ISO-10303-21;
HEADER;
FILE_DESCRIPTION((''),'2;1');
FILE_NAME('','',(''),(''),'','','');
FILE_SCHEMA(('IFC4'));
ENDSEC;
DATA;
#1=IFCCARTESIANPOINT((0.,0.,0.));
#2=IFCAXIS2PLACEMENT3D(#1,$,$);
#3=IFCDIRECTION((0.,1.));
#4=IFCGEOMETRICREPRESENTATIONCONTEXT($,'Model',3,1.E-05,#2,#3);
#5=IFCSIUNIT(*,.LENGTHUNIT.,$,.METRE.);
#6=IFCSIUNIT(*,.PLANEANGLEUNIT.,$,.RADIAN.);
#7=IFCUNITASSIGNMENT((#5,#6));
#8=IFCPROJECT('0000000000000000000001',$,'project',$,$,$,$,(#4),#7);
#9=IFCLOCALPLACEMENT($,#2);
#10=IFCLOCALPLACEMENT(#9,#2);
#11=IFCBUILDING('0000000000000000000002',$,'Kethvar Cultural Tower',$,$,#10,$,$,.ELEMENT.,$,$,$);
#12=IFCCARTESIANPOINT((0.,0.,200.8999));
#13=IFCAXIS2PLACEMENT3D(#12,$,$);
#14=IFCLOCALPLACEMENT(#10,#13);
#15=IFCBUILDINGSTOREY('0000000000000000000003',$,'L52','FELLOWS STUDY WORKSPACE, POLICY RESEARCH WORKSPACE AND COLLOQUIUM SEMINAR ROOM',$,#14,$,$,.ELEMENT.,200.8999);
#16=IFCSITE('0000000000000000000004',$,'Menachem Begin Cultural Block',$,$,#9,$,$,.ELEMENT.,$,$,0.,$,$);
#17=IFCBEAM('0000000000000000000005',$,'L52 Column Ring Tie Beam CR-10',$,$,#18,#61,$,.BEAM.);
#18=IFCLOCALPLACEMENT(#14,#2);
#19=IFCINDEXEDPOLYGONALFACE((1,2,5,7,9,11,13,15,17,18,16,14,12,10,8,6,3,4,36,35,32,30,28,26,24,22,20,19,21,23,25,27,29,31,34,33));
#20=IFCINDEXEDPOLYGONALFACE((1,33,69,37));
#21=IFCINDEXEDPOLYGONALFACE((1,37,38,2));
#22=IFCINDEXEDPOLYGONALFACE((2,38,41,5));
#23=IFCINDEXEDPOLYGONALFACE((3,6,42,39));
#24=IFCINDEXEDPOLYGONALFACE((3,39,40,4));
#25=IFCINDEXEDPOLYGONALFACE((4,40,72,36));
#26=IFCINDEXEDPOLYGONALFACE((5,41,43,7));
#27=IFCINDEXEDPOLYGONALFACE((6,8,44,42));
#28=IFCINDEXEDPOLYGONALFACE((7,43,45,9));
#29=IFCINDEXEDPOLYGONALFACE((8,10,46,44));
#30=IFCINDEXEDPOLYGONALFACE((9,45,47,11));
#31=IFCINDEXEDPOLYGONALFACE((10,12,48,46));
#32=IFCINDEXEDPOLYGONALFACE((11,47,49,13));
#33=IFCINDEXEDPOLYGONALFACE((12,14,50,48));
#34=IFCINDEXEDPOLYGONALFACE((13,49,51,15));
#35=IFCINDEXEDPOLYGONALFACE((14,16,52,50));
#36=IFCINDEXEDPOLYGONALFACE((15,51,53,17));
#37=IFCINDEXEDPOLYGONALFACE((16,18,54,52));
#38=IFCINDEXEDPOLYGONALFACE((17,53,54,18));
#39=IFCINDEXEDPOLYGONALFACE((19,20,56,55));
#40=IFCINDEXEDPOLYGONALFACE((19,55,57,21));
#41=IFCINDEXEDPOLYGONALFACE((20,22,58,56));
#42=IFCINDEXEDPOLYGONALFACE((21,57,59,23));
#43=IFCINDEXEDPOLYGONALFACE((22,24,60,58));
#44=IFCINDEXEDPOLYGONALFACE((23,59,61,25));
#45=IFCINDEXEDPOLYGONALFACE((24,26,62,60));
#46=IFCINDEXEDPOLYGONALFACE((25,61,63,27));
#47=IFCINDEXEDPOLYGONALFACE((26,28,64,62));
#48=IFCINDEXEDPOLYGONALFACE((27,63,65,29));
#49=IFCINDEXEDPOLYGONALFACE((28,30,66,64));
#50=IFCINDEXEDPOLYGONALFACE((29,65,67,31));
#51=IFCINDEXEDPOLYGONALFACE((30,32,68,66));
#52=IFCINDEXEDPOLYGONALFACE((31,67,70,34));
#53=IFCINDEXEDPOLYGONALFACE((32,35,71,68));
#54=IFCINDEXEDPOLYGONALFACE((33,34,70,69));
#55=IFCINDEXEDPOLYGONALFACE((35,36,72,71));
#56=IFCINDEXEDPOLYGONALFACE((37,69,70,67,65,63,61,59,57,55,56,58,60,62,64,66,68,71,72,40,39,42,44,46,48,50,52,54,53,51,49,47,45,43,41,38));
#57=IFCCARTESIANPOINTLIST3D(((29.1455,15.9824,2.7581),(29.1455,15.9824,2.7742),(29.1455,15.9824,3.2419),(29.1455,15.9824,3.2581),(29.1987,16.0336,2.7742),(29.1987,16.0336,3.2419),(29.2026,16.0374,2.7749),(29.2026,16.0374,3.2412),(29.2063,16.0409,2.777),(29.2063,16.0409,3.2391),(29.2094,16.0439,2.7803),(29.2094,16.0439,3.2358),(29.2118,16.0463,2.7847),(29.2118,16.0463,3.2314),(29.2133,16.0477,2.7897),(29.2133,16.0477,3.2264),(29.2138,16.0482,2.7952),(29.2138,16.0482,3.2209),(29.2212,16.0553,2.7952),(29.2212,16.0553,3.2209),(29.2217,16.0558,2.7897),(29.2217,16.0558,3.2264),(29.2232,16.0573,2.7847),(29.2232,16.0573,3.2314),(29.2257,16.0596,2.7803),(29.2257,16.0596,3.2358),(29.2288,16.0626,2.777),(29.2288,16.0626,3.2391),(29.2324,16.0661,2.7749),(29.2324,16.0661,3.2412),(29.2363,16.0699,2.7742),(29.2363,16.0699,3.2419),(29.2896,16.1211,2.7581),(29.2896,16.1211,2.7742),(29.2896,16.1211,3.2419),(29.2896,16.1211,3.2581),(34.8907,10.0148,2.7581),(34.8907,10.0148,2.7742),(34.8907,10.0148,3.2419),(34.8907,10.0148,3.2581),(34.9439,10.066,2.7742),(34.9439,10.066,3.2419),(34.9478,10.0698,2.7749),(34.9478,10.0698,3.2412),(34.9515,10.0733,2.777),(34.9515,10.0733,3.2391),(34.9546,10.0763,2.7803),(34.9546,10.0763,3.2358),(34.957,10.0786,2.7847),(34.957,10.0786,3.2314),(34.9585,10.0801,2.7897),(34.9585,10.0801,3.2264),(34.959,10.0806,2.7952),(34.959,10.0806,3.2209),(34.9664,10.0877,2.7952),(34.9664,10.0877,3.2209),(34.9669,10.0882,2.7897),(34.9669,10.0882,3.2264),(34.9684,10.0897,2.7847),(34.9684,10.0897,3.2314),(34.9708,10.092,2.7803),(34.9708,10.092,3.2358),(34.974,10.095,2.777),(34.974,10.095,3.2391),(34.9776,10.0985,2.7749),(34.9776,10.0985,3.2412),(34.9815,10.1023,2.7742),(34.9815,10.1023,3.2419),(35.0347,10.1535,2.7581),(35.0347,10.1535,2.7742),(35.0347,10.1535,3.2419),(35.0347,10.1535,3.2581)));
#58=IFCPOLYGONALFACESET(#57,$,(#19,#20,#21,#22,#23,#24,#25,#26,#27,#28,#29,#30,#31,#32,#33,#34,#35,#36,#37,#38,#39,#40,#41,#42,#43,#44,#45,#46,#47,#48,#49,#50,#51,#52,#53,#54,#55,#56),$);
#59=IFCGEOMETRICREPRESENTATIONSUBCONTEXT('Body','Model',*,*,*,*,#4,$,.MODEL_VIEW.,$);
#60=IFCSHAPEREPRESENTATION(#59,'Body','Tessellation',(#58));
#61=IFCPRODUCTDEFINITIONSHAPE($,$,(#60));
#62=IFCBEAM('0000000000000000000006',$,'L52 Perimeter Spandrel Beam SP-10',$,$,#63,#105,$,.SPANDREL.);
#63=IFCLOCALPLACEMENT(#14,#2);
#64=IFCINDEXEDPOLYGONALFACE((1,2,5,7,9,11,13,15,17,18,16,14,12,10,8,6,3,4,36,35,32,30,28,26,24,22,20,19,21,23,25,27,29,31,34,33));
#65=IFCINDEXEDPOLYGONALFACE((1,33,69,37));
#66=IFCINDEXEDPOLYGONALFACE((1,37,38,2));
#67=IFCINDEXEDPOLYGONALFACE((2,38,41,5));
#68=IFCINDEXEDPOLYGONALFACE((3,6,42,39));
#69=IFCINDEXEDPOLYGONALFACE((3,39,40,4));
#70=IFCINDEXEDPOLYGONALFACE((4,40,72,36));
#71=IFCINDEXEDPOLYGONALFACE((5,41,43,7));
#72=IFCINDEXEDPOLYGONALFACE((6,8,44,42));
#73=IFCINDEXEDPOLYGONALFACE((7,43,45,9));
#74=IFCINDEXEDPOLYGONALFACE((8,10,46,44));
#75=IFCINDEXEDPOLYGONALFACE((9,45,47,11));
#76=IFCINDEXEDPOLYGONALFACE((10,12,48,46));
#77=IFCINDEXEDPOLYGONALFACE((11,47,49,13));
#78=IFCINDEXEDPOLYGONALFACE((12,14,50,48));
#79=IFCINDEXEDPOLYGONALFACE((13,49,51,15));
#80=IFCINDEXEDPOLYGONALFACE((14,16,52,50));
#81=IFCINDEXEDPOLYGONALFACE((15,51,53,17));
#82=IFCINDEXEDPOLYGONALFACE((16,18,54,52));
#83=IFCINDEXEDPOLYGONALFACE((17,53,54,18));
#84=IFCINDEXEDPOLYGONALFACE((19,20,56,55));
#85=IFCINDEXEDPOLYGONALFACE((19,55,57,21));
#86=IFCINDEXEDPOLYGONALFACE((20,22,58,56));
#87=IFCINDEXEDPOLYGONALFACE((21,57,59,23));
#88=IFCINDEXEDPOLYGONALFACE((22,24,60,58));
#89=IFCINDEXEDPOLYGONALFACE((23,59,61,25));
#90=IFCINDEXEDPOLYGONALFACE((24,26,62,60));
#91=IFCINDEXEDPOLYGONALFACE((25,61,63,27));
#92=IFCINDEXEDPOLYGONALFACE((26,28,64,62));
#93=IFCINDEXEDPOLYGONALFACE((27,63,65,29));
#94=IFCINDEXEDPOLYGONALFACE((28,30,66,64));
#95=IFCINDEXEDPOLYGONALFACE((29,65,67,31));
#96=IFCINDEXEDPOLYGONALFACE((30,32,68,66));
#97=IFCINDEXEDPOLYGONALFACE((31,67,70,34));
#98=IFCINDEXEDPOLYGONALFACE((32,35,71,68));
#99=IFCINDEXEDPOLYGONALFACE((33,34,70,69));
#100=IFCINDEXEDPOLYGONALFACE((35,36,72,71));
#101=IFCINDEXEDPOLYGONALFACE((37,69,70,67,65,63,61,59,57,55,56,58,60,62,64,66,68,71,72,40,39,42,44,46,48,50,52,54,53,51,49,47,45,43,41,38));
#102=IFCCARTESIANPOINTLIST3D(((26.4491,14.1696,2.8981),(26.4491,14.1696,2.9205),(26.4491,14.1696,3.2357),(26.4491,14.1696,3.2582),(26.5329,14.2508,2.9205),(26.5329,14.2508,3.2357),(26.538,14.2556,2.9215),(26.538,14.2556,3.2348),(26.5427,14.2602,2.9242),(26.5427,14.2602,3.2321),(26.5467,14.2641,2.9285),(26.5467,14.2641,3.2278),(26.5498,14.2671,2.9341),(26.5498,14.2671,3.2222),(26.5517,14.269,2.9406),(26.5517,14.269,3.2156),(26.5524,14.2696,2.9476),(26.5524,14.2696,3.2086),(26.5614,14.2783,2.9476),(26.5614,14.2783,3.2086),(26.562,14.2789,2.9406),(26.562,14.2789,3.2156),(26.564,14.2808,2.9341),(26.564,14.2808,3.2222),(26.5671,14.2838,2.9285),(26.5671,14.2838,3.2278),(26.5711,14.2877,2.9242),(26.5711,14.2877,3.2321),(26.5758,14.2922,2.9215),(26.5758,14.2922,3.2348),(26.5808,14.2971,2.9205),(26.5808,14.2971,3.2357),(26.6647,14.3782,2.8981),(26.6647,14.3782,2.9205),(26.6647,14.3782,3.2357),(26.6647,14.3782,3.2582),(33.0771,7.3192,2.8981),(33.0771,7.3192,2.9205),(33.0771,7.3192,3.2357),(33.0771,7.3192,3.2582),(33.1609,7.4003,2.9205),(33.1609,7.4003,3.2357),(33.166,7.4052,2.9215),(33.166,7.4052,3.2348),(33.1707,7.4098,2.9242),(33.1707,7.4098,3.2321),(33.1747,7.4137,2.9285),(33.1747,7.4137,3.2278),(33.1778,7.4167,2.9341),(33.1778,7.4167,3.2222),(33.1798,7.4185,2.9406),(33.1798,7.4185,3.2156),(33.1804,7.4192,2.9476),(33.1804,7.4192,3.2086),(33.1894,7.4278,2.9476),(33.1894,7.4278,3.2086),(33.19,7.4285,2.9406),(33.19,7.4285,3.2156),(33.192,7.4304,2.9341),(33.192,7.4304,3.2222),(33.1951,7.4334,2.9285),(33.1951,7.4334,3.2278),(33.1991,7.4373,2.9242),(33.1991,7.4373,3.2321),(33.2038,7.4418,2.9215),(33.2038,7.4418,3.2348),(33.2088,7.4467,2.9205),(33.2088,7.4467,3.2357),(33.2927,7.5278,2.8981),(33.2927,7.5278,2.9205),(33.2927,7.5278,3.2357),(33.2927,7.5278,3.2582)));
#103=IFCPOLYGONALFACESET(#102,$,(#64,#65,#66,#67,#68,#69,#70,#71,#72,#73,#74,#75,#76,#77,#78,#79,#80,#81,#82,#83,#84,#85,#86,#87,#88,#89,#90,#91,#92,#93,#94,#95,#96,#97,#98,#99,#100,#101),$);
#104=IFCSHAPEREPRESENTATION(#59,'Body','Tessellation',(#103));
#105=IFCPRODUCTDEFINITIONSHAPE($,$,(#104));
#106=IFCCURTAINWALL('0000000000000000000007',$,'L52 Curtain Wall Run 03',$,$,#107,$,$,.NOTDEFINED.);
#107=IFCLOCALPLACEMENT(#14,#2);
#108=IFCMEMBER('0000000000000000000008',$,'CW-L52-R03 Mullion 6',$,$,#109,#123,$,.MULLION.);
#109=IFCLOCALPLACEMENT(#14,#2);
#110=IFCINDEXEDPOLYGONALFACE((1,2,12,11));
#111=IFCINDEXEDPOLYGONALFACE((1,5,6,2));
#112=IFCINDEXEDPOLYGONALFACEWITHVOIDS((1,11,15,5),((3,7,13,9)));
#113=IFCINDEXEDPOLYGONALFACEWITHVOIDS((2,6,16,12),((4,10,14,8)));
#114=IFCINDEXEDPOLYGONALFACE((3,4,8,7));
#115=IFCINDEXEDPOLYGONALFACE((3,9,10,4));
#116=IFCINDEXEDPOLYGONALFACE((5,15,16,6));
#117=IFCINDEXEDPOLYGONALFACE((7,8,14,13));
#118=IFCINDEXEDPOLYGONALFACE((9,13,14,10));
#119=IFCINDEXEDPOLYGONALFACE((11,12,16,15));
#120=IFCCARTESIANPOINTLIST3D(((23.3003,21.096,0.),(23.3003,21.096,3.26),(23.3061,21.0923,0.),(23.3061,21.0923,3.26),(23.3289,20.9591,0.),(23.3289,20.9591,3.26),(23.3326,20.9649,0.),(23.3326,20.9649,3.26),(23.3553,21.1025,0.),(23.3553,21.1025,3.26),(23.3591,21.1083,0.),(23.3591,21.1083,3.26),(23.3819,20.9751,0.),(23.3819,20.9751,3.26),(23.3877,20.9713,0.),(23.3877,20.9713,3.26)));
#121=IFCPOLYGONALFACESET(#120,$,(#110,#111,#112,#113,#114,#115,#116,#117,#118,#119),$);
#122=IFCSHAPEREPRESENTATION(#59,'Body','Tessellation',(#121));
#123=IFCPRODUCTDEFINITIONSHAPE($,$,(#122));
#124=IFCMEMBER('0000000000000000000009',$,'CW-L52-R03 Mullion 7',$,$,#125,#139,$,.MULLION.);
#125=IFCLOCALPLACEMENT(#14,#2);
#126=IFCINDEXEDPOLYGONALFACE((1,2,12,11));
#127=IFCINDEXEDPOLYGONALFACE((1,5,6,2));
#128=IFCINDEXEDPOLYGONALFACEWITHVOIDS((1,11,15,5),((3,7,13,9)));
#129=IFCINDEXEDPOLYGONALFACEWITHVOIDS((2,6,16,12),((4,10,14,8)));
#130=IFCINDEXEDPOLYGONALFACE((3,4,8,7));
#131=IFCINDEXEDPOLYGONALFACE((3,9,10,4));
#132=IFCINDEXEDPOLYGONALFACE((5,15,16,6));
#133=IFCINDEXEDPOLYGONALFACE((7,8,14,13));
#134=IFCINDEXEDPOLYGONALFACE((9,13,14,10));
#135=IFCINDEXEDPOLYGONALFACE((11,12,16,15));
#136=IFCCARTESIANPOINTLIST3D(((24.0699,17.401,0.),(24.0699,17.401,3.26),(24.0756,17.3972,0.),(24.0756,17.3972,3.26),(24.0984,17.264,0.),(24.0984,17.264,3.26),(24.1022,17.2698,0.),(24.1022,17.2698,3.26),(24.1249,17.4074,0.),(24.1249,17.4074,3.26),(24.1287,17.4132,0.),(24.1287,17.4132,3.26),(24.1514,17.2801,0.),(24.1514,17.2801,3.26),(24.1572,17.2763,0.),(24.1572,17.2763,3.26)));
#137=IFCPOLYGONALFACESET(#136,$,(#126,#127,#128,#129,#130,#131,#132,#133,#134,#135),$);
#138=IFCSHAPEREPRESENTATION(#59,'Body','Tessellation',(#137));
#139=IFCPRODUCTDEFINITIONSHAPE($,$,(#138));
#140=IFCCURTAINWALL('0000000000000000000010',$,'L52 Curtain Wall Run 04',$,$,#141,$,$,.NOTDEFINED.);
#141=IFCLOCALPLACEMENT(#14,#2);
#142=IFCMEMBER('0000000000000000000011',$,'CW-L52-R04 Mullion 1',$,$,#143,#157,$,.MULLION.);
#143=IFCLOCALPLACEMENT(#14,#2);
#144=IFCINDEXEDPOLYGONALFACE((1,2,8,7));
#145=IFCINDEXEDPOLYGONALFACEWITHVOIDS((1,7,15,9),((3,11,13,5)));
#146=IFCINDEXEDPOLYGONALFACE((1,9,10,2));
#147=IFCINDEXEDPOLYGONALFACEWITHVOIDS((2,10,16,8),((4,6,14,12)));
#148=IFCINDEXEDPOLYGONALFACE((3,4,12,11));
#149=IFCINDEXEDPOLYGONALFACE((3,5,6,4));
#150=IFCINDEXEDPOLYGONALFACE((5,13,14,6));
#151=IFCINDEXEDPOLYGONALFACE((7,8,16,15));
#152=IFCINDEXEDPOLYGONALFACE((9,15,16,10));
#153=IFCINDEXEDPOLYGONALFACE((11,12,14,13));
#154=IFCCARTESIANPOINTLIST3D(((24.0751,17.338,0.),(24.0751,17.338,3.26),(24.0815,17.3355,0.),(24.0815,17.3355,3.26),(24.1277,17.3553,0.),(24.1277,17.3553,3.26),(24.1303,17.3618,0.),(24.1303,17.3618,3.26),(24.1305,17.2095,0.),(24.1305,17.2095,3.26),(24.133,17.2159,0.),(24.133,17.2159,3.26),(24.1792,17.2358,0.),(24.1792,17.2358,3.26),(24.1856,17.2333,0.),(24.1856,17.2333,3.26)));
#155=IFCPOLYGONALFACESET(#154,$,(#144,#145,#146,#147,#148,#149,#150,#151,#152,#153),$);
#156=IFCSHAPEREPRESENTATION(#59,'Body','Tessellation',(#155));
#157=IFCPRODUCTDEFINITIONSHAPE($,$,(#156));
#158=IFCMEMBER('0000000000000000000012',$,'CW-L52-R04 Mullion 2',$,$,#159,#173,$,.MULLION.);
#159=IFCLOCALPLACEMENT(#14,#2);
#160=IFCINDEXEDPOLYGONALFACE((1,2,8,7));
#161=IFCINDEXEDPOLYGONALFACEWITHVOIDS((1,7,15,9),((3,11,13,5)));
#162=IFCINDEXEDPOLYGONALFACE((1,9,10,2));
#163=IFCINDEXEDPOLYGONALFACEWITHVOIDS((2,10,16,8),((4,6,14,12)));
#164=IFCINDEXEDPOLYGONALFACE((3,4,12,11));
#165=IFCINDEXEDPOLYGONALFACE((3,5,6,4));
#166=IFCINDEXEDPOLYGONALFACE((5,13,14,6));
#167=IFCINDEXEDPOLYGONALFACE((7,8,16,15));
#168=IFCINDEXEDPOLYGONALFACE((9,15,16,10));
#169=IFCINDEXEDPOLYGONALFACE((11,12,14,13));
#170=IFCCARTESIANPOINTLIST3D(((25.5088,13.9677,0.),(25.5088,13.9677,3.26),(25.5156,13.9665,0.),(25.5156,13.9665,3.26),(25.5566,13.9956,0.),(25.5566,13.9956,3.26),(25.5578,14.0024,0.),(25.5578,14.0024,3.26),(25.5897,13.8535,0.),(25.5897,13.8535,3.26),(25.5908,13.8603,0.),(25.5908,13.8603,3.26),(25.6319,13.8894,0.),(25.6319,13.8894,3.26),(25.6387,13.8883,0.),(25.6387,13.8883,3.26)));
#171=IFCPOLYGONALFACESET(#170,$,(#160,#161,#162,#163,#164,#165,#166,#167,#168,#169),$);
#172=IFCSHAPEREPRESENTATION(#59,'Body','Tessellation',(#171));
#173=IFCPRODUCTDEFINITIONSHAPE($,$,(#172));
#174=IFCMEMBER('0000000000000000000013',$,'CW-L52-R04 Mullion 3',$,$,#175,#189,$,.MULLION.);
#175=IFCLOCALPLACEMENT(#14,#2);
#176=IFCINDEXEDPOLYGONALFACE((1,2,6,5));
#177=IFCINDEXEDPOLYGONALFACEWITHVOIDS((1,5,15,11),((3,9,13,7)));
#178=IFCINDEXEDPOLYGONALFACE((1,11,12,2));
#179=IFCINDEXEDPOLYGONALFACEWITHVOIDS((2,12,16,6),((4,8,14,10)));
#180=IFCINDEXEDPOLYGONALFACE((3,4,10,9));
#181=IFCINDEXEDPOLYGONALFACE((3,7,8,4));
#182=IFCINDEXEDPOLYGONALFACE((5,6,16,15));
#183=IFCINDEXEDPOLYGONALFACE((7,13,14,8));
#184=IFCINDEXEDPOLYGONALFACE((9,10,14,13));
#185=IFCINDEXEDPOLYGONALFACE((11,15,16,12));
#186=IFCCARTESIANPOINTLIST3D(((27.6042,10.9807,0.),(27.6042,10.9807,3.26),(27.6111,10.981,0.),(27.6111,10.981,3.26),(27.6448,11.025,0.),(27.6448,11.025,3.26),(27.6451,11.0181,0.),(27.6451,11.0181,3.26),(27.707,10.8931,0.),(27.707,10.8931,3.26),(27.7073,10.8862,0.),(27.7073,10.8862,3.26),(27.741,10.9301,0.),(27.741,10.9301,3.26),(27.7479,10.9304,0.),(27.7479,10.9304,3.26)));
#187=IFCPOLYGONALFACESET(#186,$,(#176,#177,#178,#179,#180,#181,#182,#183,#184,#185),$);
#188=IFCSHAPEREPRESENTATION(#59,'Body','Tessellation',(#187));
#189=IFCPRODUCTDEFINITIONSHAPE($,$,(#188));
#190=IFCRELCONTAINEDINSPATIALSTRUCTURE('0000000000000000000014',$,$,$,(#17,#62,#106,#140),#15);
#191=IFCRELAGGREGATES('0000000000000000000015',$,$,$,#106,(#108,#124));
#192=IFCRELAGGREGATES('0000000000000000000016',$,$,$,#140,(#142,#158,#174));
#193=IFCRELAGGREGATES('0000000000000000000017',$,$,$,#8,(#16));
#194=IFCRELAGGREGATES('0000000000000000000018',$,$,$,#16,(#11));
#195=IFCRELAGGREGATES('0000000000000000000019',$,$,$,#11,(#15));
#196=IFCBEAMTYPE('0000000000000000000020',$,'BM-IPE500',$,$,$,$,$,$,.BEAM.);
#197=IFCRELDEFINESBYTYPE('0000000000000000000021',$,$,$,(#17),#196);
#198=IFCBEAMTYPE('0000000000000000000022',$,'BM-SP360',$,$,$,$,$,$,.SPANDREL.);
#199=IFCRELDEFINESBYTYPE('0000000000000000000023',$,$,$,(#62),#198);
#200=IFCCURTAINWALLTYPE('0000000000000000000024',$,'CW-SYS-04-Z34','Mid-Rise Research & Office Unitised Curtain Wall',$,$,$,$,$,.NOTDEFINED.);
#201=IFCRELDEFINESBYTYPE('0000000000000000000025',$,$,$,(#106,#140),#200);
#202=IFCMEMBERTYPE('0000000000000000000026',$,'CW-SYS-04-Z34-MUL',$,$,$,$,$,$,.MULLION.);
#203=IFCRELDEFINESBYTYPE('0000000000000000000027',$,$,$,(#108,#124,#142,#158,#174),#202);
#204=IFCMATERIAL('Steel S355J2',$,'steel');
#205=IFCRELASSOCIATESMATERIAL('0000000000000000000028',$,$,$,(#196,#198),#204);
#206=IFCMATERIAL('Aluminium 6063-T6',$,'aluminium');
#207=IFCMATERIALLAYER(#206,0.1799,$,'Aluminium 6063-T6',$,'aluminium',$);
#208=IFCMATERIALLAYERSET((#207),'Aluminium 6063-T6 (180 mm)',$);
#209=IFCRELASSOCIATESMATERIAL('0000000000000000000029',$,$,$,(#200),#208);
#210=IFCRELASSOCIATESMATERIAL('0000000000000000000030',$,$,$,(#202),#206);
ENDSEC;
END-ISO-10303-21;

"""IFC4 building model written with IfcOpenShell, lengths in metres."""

from ifc_helpers import new_model, si_unit, direction, frame, origin, origin_2d, place, context, subcontext, project, spatial, hollow_rectangle, i_section, extrude, source, transform, mapped, material, layer, layer_set, material_profile, profile_set, type_object, element, aggregate, save


model = new_model("IFC4")

# Units and contexts
model_context = context("Model", 3, precision=1e-05, world=origin(), true_north=direction((0.0, 1.0)))
body_context = subcontext(model_context, "Body", "Model", "MODEL_VIEW")
ifc_project = project(units=[si_unit("LENGTHUNIT", "METRE"), si_unit("PLANEANGLEUNIT", "RADIAN")], contexts=[model_context])

# Site, building, storey
site_placement = place(None, origin())
site = spatial("IfcSite", under=ifc_project, at=site_placement, Name="Menachem Begin Cultural Block", CompositionType="ELEMENT", RefElevation=0.0)
building_placement = place(site_placement, origin())
building = spatial("IfcBuilding", under=site, at=building_placement, Name="Kethvar Cultural Tower", CompositionType="ELEMENT")
storey_placement = place(building_placement, frame((0.0, 0.0, 200.8999)))
storey = spatial("IfcBuildingStorey", under=building, at=storey_placement, Name="L52", Description="FELLOWS STUDY WORKSPACE, POLICY RESEARCH WORKSPACE AND COLLOQUIUM SEMINAR ROOM", CompositionType="ELEMENT", Elevation=200.8999)

# Beams
ifc_material_1 = material(Name="Steel S355J2", Category="steel")
ifc_material_profile_1 = material_profile(ifc_material_1, i_section(OverallWidth=0.2, OverallDepth=0.5, WebThickness=0.0103, FlangeThickness=0.0161, FilletRadius=0.021, at=origin_2d()), Name="Steel S355J2 — IPE500")
ifc_profile_set_1 = profile_set([ifc_material_profile_1], Name="Steel S355J2 — IPE500")
beam_type_1 = type_object("IfcBeamType", Name="BM-IPE500", PredefinedType="BEAM", material=ifc_profile_set_1)
ifc_material_profile_2 = material_profile(ifc_material_1, i_section(OverallWidth=0.3, OverallDepth=0.3601, WebThickness=0.0125, FlangeThickness=0.0225, FilletRadius=0.0271, at=origin_2d()), Name="Steel S355J2 — HEB360")
ifc_profile_set_2 = profile_set([ifc_material_profile_2], Name="Steel S355J2 — HEB360")
beam_type_2 = type_object("IfcBeamType", Name="BM-SP360", PredefinedType="SPANDREL", material=ifc_profile_set_2)
shared_shape_1 = source(origin(), body_context, "Body", "SweptSolid", [
    extrude(i_section(OverallWidth=0.2, OverallDepth=0.5, WebThickness=0.0103, FlangeThickness=0.0161, FilletRadius=0.021, at=origin_2d()), origin(), (0.0, 0.0, 1.0), 8.2837),
])
beam_1_placement = place(storey_placement, frame((29.2175, 16.0518, 3.0081), z_axis=(0.693554, -0.720404, 0.0), x_axis=(0.720404, 0.693554, 0.0)))
element("IfcBeam", 1, at=beam_1_placement, inside=storey, type_object=beam_type_1, Name="L52 Column Ring Tie Beam CR-10", PredefinedType="BEAM", context=body_context, shape_type="MappedRepresentation", body=[
    mapped(shared_shape_1, transform((0.0, 0.0, 0.0), scale=1.0)),
])
shared_shape_2 = source(origin(), body_context, "Body", "SweptSolid", [
    extrude(i_section(OverallWidth=0.3, OverallDepth=0.3601, WebThickness=0.0125, FlangeThickness=0.0225, FilletRadius=0.0271, at=origin_2d()), origin(), (0.0, 0.0, 1.0), 9.532),
])
beam_2_placement = place(storey_placement, frame((26.5569, 14.2739, 3.0781), z_axis=(0.695344, -0.718677, 0.0), x_axis=(0.718677, 0.695344, 0.0)))
element("IfcBeam", 2, at=beam_2_placement, inside=storey, type_object=beam_type_2, Name="L52 Perimeter Spandrel Beam SP-10", PredefinedType="SPANDREL", context=body_context, shape_type="MappedRepresentation", body=[
    mapped(shared_shape_2, transform((0.0, 0.0, 0.0), scale=1.0)),
])

# Curtain walls, members
ifc_material_2 = material(Name="Aluminium 6063-T6", Category="aluminium")
ifc_layer_1 = layer(ifc_material_2, 0.1799, Name="Aluminium 6063-T6", Category="aluminium")
ifc_layer_set_1 = layer_set([ifc_layer_1], Name="Aluminium 6063-T6 (180 mm)")
curtain_wall_type = type_object("IfcCurtainWallType", Name="CW-SYS-04-Z34", Description="Mid-Rise Research & Office Unitised Curtain Wall", PredefinedType="NOTDEFINED", material=ifc_layer_set_1)
curtain_wall_1_placement = place(storey_placement, origin())
curtain_wall_1 = element("IfcCurtainWall", 3, at=curtain_wall_1_placement, inside=storey, type_object=curtain_wall_type, Name="L52 Curtain Wall Run 03", PredefinedType="NOTDEFINED")
ifc_material_profile_3 = material_profile(ifc_material_2, hollow_rectangle(XDim=0.0601, YDim=0.1399, WallThickness=0.0049, at=origin_2d()), Name="Aluminium 6063-T6 — RHS140x60x5")
ifc_profile_set_3 = profile_set([ifc_material_profile_3], Name="Aluminium 6063-T6 — RHS140x60x5")
member_type_1 = type_object("IfcMemberType", Name="CW-SYS-04-Z34-MUL", PredefinedType="MULLION", material=ifc_profile_set_3)
shared_shape_3 = source(origin(), body_context, "Body", "SweptSolid", [
    extrude(hollow_rectangle(XDim=0.0601, YDim=0.1399, WallThickness=0.0049, at=origin_2d()), origin(), (0.0, 0.0, 1.0), 3.26),
])
member_1_placement = place(storey_placement, frame((23.344, 21.0337, 0.0), z_axis=(0.0, 0.0, 1.0), x_axis=(0.978981, 0.203949, 0.0)))
member_1 = element("IfcMember", 4, at=member_1_placement, type_object=member_type_1, Name="CW-L52-R03 Mullion 6", PredefinedType="MULLION", context=body_context, shape_type="MappedRepresentation", body=[
    mapped(shared_shape_3, transform((0.0, 0.0, 0.0), scale=1.0)),
])
member_2_placement = place(storey_placement, frame((24.1135, 17.3386, 0.0), z_axis=(0.0, 0.0, 1.0), x_axis=(0.978981, 0.203949, 0.0)))
member_2 = element("IfcMember", 5, at=member_2_placement, type_object=member_type_1, Name="CW-L52-R03 Mullion 7", PredefinedType="MULLION", context=body_context, shape_type="MappedRepresentation", body=[
    mapped(shared_shape_3, transform((0.0, 0.0, 0.0), scale=1.0)),
])
curtain_wall_2_placement = place(storey_placement, origin())
curtain_wall_2 = element("IfcCurtainWall", 6, at=curtain_wall_2_placement, inside=storey, type_object=curtain_wall_type, Name="L52 Curtain Wall Run 04", PredefinedType="NOTDEFINED")
member_3_placement = place(storey_placement, frame((24.1304, 17.2856, 0.0), z_axis=(0.0, 0.0, 1.0), x_axis=(0.918446, 0.395546, 0.0)))
member_3 = element("IfcMember", 7, at=member_3_placement, type_object=member_type_1, Name="CW-L52-R04 Mullion 1", PredefinedType="MULLION", context=body_context, shape_type="MappedRepresentation", body=[
    mapped(shared_shape_3, transform((0.0, 0.0, 0.0), scale=1.0)),
])
member_4_placement = place(storey_placement, frame((25.5737, 13.928, 0.0), z_axis=(0.0, 0.0, 1.0), x_axis=(0.816057, 0.577972, 0.0)))
member_4 = element("IfcMember", 8, at=member_4_placement, type_object=member_type_1, Name="CW-L52-R04 Mullion 2", PredefinedType="MULLION", context=body_context, shape_type="MappedRepresentation", body=[
    mapped(shared_shape_3, transform((0.0, 0.0, 0.0), scale=1.0)),
])
member_5_placement = place(storey_placement, frame((27.676, 10.9556, 0.0), z_axis=(0.0, 0.0, 1.0), x_axis=(0.67568, 0.737195, 0.0)))
member_5 = element("IfcMember", 9, at=member_5_placement, type_object=member_type_1, Name="CW-L52-R04 Mullion 3", PredefinedType="MULLION", context=body_context, shape_type="MappedRepresentation", body=[
    mapped(shared_shape_3, transform((0.0, 0.0, 0.0), scale=1.0)),
])

aggregate(curtain_wall_1, [member_1, member_2])
aggregate(curtain_wall_2, [member_3, member_4, member_5])

save(model, "model.ifc")
